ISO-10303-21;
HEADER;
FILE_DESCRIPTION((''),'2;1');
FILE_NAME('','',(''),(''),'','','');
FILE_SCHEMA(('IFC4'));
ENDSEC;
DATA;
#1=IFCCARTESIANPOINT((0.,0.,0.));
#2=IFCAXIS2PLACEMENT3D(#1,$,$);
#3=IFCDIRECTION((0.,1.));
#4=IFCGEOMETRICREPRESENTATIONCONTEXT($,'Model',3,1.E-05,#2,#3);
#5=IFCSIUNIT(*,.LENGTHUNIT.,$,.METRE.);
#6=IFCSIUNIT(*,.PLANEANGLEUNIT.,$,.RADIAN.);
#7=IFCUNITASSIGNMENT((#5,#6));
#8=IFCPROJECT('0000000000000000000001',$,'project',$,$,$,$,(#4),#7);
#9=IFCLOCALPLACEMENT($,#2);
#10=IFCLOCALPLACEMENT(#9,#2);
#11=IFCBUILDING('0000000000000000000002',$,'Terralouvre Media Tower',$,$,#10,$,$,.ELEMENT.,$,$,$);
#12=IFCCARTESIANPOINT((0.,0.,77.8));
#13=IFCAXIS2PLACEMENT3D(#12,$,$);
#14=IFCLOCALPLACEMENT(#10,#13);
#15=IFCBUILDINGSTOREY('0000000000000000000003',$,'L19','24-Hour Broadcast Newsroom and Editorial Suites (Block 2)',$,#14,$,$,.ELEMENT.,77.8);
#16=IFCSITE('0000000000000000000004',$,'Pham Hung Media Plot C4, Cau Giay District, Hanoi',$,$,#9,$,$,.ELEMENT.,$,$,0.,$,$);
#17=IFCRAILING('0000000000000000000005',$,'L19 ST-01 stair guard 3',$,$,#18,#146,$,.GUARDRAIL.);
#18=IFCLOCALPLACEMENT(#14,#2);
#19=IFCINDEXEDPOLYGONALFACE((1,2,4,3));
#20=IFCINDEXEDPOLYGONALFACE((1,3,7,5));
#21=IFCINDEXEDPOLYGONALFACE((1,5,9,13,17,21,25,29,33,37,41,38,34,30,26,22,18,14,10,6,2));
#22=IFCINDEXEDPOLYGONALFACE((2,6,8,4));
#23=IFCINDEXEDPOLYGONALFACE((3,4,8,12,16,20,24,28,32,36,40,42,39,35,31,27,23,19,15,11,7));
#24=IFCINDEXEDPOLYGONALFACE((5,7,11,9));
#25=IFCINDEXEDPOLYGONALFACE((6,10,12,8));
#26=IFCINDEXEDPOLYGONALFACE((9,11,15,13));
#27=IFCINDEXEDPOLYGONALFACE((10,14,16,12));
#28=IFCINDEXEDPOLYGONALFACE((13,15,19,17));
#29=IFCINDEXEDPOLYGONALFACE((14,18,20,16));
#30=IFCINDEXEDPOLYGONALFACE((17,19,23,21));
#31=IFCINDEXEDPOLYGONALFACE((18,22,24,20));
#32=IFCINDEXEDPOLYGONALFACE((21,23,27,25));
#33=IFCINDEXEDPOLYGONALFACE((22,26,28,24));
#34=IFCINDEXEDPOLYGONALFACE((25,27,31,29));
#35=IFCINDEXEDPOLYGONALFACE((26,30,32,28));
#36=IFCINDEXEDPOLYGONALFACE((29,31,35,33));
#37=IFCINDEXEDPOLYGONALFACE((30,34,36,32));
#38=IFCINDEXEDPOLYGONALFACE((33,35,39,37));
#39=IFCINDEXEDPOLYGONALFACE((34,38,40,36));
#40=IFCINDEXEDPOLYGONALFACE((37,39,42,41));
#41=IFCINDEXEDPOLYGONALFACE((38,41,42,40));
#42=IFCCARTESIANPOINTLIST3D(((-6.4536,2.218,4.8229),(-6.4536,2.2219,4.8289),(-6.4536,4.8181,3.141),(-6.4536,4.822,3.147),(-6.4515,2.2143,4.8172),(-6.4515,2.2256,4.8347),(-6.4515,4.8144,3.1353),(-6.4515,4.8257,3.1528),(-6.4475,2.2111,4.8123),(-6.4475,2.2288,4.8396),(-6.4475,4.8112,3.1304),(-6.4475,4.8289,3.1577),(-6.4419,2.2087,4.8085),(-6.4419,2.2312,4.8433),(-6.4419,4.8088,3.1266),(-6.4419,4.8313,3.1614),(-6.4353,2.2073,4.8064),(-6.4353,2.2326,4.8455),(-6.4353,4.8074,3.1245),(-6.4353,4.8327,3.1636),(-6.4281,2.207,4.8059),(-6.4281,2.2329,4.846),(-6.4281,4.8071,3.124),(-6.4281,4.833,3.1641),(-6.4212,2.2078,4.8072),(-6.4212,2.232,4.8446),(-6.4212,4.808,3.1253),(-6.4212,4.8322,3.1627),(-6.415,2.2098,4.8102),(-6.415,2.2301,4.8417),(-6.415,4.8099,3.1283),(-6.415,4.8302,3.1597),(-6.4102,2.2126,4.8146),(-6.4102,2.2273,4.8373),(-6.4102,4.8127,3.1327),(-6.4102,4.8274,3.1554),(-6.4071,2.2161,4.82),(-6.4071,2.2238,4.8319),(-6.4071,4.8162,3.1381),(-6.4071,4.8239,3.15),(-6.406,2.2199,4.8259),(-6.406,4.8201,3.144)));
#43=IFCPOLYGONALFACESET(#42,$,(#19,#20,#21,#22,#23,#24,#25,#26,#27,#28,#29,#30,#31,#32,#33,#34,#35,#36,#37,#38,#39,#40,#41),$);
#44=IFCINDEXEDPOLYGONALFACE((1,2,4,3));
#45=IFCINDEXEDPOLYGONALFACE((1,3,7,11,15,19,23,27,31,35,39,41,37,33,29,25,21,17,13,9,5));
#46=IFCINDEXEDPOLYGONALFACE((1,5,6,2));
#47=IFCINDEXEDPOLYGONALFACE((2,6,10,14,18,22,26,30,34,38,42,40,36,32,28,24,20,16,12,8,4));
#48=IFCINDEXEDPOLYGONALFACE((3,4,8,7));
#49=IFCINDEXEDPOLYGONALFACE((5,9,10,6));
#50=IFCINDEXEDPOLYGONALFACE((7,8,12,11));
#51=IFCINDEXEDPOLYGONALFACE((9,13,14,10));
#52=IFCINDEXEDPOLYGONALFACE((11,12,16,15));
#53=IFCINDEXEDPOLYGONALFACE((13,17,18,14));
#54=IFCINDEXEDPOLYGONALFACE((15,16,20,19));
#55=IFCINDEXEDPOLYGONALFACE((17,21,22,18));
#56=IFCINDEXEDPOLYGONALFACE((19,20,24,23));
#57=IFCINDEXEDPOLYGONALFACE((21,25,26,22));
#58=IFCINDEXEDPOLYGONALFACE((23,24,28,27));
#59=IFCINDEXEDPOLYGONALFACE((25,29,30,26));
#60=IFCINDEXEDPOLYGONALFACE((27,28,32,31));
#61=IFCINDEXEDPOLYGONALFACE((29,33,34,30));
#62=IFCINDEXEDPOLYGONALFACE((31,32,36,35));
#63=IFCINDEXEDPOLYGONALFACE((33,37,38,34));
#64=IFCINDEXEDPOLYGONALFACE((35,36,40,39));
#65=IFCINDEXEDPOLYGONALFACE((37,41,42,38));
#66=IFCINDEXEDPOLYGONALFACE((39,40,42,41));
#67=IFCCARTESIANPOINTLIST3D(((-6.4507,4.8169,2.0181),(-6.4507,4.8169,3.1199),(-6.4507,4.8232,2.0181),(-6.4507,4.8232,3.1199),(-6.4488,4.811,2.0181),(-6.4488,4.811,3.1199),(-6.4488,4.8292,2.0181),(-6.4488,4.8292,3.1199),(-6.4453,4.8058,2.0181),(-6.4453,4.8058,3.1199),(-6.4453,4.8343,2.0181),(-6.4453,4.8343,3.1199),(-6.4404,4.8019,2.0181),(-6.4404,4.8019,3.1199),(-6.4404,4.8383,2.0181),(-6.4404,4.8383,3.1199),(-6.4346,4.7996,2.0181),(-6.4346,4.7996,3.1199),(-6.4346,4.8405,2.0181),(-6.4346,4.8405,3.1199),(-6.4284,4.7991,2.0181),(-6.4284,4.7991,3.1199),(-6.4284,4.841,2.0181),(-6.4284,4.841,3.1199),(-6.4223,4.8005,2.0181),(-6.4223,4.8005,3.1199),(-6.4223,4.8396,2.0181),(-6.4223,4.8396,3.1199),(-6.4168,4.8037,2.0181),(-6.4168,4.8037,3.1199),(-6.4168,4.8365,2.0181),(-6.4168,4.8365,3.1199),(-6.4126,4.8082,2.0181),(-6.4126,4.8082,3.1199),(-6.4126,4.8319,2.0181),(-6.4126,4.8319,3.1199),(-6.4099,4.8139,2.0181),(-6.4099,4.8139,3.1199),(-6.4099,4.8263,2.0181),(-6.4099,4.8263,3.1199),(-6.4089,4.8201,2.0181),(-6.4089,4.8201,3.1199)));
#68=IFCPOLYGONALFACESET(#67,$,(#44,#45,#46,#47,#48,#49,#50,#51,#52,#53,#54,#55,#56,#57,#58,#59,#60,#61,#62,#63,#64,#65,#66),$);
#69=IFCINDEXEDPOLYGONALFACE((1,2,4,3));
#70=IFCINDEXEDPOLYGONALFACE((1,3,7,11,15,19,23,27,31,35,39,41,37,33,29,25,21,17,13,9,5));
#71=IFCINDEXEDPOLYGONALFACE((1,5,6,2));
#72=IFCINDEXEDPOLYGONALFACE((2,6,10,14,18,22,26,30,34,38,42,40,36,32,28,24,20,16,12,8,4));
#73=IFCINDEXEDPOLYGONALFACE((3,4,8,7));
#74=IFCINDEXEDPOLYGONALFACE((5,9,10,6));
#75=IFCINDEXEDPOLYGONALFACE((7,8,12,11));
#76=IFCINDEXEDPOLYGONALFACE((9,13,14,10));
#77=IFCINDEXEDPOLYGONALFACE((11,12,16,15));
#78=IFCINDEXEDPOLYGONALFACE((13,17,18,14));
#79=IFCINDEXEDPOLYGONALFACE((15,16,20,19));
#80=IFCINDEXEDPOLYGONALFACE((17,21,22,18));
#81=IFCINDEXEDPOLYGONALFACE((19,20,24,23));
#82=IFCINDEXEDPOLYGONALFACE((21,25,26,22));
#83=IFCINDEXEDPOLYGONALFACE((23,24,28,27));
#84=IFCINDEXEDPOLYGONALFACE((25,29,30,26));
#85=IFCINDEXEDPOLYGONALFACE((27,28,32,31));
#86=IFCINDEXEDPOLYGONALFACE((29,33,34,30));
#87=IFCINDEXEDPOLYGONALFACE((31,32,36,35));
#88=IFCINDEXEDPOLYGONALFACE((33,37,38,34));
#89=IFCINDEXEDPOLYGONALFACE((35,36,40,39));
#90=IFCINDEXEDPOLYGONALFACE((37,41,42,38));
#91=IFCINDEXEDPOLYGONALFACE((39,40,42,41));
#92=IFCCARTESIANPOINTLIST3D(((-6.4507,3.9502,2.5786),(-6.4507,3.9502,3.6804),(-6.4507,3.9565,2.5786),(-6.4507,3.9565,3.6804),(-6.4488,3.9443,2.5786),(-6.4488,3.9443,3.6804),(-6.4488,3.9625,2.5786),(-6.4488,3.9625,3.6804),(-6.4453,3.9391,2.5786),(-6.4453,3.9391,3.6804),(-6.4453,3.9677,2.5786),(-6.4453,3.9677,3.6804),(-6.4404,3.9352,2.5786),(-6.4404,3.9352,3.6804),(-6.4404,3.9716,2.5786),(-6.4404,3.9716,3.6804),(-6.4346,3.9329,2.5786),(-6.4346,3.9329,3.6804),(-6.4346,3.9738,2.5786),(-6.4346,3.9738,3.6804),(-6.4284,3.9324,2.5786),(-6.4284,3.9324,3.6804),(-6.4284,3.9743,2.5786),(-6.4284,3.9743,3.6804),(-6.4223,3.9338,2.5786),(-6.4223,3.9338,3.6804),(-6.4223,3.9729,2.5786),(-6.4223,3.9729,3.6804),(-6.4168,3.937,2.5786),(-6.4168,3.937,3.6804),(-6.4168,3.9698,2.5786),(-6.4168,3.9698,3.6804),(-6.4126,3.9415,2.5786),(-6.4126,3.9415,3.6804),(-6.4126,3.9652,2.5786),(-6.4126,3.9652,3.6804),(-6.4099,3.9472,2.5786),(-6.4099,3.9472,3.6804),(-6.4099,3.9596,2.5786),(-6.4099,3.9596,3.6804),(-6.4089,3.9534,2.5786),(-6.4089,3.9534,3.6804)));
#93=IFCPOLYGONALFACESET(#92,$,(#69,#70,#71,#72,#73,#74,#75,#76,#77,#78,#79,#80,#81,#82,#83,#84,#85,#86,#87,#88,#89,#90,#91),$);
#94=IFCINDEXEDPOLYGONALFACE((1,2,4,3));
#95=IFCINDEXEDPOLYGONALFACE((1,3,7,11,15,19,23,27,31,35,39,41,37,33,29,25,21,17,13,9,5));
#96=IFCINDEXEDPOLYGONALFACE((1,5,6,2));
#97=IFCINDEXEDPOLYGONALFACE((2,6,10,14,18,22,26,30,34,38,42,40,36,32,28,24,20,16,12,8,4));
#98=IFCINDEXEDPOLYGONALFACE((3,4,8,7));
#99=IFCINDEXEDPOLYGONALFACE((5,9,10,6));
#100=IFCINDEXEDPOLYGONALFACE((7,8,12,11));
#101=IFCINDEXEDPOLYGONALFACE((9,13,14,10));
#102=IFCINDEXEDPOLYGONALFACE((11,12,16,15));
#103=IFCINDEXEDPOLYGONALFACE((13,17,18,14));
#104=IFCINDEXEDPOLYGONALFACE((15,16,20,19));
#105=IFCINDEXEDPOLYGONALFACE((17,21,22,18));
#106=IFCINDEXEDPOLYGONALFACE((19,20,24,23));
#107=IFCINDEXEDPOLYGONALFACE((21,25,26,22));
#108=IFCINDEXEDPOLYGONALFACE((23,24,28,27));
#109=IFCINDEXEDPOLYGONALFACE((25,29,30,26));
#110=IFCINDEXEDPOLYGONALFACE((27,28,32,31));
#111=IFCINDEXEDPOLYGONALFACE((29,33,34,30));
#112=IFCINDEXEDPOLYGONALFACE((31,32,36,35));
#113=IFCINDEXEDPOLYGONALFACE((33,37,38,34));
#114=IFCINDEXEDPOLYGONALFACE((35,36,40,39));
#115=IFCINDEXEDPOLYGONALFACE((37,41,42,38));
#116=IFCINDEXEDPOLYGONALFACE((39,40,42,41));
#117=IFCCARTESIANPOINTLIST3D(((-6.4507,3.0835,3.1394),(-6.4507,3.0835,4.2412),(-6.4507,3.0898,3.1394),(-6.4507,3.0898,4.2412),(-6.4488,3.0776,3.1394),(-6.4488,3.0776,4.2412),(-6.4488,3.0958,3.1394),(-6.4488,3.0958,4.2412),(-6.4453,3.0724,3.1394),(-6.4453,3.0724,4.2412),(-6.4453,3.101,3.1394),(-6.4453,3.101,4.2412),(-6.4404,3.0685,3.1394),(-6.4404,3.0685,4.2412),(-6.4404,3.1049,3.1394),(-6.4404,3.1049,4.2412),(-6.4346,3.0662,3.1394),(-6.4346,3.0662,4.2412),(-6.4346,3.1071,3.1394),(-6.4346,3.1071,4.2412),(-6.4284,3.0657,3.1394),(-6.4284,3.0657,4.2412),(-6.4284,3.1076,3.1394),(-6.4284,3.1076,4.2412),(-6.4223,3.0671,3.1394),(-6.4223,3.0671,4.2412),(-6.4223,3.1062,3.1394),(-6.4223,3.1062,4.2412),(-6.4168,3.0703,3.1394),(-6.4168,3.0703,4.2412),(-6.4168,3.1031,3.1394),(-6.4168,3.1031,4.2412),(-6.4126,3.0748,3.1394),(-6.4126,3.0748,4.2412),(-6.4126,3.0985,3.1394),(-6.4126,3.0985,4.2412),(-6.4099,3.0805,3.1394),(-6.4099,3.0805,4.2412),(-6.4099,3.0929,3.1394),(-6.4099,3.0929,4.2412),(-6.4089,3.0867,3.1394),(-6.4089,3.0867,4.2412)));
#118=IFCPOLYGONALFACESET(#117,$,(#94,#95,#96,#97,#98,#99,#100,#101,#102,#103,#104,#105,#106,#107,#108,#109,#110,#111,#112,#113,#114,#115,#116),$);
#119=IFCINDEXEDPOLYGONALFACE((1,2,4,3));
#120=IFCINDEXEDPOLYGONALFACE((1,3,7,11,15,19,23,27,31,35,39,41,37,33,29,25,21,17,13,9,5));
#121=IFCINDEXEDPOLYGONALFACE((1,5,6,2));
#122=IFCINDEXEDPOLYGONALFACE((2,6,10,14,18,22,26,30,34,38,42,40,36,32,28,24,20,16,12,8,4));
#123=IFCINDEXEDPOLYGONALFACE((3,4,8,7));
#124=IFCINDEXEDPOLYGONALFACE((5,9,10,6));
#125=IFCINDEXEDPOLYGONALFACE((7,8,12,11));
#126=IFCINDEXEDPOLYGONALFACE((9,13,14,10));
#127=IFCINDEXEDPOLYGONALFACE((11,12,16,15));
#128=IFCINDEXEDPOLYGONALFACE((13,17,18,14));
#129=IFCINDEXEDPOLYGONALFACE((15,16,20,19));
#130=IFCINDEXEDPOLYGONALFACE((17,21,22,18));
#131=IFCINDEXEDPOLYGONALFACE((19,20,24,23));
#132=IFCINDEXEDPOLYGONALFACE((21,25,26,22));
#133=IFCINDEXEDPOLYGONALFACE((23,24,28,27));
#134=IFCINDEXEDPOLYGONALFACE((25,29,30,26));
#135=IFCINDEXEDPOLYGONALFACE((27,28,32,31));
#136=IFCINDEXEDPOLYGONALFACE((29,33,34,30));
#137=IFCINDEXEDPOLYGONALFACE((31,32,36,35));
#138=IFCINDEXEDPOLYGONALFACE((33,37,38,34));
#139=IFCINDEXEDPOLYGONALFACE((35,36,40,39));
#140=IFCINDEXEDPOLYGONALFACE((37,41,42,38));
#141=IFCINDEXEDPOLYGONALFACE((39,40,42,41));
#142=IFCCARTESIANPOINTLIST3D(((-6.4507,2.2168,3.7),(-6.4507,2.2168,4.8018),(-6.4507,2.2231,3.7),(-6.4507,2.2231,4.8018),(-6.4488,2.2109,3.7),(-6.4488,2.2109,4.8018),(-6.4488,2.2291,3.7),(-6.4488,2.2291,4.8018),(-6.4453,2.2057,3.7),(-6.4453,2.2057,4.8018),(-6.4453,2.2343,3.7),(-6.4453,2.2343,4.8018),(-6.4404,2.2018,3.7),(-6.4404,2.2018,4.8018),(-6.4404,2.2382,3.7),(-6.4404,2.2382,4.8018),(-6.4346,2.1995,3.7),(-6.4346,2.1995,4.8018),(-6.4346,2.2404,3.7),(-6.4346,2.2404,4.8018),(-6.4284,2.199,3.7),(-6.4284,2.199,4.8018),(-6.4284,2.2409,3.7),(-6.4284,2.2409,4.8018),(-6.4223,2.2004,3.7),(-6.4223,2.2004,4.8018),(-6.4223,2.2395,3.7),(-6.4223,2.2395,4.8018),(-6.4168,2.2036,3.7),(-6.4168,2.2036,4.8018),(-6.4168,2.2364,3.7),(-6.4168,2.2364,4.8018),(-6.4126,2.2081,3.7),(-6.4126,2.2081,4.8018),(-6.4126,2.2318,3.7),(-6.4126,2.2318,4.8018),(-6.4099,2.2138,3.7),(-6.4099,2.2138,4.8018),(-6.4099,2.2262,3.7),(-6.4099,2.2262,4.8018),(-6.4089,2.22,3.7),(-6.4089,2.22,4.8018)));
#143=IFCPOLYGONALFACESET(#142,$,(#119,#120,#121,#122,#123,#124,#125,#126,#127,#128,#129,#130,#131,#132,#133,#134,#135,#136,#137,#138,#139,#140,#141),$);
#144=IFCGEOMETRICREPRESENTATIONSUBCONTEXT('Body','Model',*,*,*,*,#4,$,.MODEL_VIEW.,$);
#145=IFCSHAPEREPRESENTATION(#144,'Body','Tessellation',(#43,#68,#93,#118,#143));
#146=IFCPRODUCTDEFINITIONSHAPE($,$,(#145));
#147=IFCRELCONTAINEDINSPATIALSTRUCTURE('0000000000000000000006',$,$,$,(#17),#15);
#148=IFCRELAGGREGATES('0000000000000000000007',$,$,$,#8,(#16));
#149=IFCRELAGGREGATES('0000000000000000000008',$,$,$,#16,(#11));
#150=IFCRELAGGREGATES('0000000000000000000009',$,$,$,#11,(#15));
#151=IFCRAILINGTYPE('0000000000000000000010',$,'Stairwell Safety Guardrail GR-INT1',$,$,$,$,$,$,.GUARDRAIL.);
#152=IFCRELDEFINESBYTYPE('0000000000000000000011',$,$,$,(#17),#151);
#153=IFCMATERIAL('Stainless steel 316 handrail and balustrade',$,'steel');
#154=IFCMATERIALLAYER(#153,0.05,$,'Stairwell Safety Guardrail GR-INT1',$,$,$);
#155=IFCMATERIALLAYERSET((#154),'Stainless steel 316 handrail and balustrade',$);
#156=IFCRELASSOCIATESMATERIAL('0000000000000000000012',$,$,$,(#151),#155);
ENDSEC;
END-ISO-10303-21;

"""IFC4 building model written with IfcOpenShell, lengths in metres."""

from ifc_helpers import new_model, si_unit, direction, frame, origin, origin_2d, place, context, subcontext, project, spatial, circle, extrude, material, layer, layer_set, type_object, element, save


model = new_model("IFC4")

# Units and contexts
model_context = context("Model", 3, precision=1e-05, world=origin(), true_north=direction((0.0, 1.0)))
body_context = subcontext(model_context, "Body", "Model", "MODEL_VIEW")
ifc_project = project(units=[si_unit("LENGTHUNIT", "METRE"), si_unit("PLANEANGLEUNIT", "RADIAN")], contexts=[model_context])

# Site, building, storey
site_placement = place(None, origin())
site = spatial("IfcSite", under=ifc_project, at=site_placement, Name="Pham Hung Media Plot C4, Cau Giay District, Hanoi", CompositionType="ELEMENT", RefElevation=0.0)
building_placement = place(site_placement, origin())
building = spatial("IfcBuilding", under=site, at=building_placement, Name="Terralouvre Media Tower", CompositionType="ELEMENT")
storey_placement = place(building_placement, frame((0.0, 0.0, 77.8)))
storey = spatial("IfcBuildingStorey", under=building, at=storey_placement, Name="L19", Description="24-Hour Broadcast Newsroom and Editorial Suites (Block 2)", CompositionType="ELEMENT", Elevation=77.8)

# Railing
ifc_material_1 = material(Name="Stainless steel 316 handrail and balustrade", Category="steel")
ifc_layer_1 = layer(ifc_material_1, 0.05, Name="Stairwell Safety Guardrail GR-INT1")
ifc_layer_set_1 = layer_set([ifc_layer_1], Name="Stainless steel 316 handrail and balustrade")
railing_type_1 = type_object("IfcRailingType", Name="Stairwell Safety Guardrail GR-INT1", PredefinedType="GUARDRAIL", material=ifc_layer_set_1)
railing_1_placement = place(storey_placement, frame((-6.4299, 4.8201, 2.0181)))
element("IfcRailing", 1, at=railing_1_placement, inside=storey, type_object=railing_type_1, Name="L19 ST-01 stair guard 3", PredefinedType="GUARDRAIL", context=body_context, shape_type="SweptSolid", body=[
    extrude(circle(Radius=0.0239, at=origin_2d()), frame((0.0, 0.0, 1.126), z_axis=(0.0, -0.839648, 0.54313), x_axis=(1.0, 0.0, 0.0)), (0.0, 0.0, 1.0), 3.0967),
    extrude(circle(Radius=0.021, at=origin_2d()), origin(), (0.0, 0.0, 1.0), 1.1018),
    extrude(circle(Radius=0.021, at=origin_2d()), frame((0.0, -0.8667, 0.5605)), (0.0, 0.0, 1.0), 1.1018),
    extrude(circle(Radius=0.021, at=origin_2d()), frame((0.0, -1.7334, 1.1213)), (0.0, 0.0, 1.0), 1.1018),
    extrude(circle(Radius=0.021, at=origin_2d()), frame((0.0, -2.6001, 1.6819)), (0.0, 0.0, 1.0), 1.1018),
])

save(model, "model.ifc")
